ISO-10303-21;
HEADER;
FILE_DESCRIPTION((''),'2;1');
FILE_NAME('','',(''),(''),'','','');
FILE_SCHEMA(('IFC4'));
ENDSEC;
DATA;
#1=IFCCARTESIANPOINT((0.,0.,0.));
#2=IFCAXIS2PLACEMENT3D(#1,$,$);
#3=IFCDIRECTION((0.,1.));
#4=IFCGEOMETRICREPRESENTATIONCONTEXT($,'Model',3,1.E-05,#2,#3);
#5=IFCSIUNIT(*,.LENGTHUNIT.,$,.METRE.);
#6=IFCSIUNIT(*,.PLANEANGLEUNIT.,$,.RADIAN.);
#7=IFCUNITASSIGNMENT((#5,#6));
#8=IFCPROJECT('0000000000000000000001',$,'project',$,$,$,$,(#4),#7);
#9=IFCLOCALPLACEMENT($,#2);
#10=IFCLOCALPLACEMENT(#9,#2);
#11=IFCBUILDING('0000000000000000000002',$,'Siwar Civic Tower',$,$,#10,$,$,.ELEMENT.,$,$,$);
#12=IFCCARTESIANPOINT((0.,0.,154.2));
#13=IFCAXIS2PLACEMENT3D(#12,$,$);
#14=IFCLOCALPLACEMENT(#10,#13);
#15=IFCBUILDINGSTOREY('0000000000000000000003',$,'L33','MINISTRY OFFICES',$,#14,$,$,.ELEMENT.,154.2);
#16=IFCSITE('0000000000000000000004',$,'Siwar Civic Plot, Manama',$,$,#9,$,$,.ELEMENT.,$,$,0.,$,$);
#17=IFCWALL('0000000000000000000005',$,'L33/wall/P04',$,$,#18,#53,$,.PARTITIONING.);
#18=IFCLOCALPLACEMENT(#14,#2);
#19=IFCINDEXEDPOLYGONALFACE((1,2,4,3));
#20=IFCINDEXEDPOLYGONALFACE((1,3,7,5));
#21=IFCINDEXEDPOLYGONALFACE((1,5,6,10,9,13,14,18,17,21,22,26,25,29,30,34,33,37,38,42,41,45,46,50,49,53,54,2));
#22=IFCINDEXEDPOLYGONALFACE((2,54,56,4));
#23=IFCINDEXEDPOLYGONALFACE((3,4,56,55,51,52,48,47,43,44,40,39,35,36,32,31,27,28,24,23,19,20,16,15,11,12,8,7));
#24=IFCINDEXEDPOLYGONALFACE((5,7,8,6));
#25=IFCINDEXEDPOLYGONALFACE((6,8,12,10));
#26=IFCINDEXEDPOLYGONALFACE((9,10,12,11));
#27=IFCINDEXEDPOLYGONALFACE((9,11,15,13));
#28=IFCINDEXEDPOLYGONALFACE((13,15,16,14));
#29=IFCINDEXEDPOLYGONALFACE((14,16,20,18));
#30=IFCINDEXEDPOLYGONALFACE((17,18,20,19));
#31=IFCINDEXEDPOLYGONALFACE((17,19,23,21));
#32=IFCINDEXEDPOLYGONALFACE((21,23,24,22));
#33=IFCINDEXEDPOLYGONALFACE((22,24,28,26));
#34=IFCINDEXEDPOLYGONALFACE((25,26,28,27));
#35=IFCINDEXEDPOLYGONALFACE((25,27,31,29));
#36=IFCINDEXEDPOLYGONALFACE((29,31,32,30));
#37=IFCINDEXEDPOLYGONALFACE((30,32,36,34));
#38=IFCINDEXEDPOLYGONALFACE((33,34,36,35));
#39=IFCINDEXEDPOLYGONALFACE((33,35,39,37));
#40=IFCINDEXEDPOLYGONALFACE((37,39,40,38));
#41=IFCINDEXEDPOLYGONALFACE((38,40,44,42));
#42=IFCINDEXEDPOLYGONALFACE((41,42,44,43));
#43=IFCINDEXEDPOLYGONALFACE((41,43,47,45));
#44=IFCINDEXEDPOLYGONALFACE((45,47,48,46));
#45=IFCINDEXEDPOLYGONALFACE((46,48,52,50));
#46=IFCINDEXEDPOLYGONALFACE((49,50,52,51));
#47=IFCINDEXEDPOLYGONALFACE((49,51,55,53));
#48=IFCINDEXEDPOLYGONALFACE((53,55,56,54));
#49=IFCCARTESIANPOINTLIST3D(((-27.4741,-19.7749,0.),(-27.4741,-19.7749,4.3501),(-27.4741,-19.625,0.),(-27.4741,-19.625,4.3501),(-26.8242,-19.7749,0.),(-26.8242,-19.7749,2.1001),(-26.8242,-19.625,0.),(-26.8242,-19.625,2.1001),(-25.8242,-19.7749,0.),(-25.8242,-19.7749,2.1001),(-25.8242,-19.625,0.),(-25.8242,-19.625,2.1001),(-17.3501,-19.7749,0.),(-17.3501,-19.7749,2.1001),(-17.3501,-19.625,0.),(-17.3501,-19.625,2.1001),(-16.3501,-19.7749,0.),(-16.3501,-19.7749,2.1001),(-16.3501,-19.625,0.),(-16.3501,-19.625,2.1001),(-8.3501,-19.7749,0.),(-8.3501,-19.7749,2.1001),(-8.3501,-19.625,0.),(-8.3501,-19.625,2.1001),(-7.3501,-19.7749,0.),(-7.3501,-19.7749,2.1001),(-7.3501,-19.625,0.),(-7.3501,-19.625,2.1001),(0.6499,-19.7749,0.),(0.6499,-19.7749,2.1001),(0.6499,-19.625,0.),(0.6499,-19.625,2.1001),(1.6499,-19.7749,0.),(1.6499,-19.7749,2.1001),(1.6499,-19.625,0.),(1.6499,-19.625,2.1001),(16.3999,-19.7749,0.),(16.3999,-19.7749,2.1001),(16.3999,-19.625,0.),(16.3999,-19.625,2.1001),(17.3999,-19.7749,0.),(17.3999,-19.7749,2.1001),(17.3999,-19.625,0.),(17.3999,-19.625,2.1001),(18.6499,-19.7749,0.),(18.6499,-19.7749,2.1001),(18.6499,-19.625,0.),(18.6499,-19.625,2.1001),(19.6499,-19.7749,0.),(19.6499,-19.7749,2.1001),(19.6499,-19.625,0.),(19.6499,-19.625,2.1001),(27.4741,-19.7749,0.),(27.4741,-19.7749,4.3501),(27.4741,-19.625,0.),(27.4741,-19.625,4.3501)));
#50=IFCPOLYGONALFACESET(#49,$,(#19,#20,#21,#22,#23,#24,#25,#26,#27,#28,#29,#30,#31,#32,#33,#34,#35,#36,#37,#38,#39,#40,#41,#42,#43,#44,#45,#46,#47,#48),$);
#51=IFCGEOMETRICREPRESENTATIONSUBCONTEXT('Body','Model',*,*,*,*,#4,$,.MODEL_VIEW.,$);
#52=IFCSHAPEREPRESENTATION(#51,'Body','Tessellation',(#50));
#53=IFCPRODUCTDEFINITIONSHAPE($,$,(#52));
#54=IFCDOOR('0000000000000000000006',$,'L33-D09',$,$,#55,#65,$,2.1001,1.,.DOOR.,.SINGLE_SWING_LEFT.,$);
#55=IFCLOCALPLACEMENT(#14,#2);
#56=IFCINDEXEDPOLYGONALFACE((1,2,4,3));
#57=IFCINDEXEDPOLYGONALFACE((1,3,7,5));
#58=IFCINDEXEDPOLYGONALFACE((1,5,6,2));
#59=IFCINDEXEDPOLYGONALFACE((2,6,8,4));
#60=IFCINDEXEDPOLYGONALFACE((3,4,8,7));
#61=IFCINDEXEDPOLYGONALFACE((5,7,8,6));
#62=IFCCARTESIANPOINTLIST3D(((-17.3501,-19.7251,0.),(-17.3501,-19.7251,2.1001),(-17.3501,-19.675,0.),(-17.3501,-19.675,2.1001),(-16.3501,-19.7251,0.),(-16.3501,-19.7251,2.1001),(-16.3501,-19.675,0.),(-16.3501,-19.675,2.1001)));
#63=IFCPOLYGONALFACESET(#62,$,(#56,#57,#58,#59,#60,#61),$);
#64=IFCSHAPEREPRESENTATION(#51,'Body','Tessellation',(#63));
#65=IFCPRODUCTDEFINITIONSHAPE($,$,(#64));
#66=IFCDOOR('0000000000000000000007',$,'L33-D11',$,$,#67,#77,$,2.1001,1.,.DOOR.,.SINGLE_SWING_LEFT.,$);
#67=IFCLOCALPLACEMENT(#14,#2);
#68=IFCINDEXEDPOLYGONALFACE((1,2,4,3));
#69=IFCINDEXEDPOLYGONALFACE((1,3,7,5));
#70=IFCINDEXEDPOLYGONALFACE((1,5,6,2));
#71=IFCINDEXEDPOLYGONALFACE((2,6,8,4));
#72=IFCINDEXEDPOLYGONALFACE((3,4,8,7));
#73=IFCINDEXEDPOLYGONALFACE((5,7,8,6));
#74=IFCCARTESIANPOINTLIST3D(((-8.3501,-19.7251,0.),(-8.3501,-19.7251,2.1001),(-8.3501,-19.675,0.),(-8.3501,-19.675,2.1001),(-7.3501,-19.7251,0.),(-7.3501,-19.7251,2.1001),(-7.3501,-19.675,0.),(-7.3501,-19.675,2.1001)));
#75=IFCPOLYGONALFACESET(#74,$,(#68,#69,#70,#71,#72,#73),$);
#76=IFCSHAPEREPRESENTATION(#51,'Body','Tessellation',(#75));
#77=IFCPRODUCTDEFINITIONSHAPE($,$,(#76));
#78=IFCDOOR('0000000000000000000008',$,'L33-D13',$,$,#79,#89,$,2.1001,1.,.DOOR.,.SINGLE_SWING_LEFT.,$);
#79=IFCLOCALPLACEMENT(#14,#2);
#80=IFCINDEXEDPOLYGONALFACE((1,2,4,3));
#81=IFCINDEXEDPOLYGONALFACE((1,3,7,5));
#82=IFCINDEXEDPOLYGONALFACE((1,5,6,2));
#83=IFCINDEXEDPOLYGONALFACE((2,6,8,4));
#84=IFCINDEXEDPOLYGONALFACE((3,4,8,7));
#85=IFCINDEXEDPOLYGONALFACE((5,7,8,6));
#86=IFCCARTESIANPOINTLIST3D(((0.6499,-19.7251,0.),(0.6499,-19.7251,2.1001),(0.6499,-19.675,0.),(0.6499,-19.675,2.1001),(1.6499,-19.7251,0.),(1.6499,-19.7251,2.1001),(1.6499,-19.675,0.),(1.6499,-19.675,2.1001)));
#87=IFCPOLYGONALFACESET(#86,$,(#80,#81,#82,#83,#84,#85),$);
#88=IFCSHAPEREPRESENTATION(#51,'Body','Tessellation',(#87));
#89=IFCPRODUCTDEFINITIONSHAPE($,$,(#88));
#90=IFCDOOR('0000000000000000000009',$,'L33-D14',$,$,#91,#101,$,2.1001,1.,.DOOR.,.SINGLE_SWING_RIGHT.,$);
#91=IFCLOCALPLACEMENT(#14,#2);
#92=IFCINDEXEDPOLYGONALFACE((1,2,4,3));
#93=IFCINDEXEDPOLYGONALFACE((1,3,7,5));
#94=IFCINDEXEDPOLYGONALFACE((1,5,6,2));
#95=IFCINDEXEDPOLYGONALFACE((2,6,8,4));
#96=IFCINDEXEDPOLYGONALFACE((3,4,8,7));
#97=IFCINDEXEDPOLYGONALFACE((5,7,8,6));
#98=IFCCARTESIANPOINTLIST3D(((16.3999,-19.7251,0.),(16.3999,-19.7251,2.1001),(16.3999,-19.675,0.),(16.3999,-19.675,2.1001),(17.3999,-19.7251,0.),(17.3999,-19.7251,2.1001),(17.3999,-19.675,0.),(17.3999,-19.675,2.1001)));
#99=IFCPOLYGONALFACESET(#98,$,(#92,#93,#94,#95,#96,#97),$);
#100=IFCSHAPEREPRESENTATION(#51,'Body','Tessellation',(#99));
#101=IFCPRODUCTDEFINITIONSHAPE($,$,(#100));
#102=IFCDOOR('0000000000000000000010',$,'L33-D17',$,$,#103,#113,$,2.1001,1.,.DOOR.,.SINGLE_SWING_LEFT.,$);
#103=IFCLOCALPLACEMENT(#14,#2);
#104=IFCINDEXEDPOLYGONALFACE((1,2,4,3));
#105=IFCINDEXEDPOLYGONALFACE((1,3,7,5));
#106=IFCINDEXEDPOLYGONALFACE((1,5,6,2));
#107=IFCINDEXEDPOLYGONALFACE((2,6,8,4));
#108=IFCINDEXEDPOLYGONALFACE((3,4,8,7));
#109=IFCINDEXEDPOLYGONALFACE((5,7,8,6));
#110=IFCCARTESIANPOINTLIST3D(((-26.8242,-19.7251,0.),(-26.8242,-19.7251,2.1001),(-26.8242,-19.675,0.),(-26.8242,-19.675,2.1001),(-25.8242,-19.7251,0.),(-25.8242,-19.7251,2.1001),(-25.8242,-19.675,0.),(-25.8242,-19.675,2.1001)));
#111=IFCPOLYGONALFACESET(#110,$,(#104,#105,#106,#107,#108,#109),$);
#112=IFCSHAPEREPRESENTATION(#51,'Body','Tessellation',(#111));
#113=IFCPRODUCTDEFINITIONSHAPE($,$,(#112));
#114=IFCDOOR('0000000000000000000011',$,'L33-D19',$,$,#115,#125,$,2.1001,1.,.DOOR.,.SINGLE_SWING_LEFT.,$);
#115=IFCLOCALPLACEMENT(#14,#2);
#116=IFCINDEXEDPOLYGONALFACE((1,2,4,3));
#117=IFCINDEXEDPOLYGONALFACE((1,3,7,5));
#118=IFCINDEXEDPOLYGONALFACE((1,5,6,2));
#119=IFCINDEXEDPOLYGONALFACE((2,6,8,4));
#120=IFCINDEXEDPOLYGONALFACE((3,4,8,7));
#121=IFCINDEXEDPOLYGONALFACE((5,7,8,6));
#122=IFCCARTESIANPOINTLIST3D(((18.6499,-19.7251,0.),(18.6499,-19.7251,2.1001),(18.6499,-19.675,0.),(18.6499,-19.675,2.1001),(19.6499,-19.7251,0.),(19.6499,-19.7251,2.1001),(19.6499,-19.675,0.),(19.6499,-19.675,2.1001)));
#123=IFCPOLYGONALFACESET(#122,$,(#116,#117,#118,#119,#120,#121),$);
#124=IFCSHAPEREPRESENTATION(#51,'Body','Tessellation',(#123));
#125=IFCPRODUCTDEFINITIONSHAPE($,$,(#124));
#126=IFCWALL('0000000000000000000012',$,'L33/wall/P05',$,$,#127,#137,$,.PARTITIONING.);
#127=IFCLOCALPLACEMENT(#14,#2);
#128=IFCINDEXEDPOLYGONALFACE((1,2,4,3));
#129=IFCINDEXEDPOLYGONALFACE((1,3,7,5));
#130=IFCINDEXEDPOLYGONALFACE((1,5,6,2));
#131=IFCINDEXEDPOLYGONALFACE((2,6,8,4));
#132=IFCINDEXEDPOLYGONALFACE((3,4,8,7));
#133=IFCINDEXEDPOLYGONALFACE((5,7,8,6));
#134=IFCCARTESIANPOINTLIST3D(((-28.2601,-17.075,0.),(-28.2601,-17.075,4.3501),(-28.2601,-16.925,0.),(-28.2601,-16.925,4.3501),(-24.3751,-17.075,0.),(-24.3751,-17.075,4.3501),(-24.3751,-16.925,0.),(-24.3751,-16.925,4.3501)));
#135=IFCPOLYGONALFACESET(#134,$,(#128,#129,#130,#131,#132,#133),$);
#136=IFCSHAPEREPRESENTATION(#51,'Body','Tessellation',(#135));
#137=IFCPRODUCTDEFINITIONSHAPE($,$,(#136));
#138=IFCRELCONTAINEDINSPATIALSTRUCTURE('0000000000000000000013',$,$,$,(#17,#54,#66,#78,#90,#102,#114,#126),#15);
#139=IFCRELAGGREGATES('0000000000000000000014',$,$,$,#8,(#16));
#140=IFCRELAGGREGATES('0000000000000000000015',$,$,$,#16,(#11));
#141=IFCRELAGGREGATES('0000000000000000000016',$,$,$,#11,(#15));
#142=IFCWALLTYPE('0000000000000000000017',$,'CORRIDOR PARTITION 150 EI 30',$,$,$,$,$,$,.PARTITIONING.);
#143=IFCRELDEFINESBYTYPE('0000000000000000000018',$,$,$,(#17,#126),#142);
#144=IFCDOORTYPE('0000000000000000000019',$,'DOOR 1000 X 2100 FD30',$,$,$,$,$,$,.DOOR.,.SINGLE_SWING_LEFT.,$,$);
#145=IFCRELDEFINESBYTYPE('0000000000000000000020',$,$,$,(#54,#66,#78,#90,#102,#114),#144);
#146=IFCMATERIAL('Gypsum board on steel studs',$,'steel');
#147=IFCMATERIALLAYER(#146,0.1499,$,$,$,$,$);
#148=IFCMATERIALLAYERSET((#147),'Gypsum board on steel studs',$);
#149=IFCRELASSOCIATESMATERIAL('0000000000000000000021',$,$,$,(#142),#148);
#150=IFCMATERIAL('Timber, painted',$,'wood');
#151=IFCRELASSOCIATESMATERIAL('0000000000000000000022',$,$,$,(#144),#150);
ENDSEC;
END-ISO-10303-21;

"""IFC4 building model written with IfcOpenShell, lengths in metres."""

from ifc_helpers import new_model, si_unit, direction, frame, frame_2d, origin, place, context, subcontext, project, spatial, rectangle, extrude, material, layer, layer_set, type_object, element, fill, save


model = new_model("IFC4")

# Units and contexts
model_context = context("Model", 3, precision=1e-05, world=origin(), true_north=direction((0.0, 1.0)))
body_context = subcontext(model_context, "Body", "Model", "MODEL_VIEW")
ifc_project = project(units=[si_unit("LENGTHUNIT", "METRE"), si_unit("PLANEANGLEUNIT", "RADIAN")], contexts=[model_context])

# Site, building, storey
site_placement = place(None, origin())
site = spatial("IfcSite", under=ifc_project, at=site_placement, Name="Siwar Civic Plot, Manama", CompositionType="ELEMENT", RefElevation=0.0)
building_placement = place(site_placement, origin())
building = spatial("IfcBuilding", under=site, at=building_placement, Name="Siwar Civic Tower", CompositionType="ELEMENT")
storey_placement = place(building_placement, frame((0.0, 0.0, 154.2)))
storey = spatial("IfcBuildingStorey", under=building, at=storey_placement, Name="L33", Description="MINISTRY OFFICES", CompositionType="ELEMENT", Elevation=154.2)

# Wall, openings, doors
ifc_material_1 = material(Name="Gypsum board on steel studs", Category="steel")
ifc_layer_1 = layer(ifc_material_1, 0.1499)
ifc_layer_set_1 = layer_set([ifc_layer_1], Name="Gypsum board on steel studs")
wall_type = type_object("IfcWallType", Name="CORRIDOR PARTITION 150 EI 30", PredefinedType="PARTITIONING", material=ifc_layer_set_1)
wall_1_placement = place(storey_placement, frame((-27.4741, -19.7, 0.0), z_axis=(0.0, 0.0, 1.0), x_axis=(1.0, 0.0, 0.0)))
wall_1 = element("IfcWall", 1, at=wall_1_placement, inside=storey, type_object=wall_type, Name="L33/wall/P04", PredefinedType="PARTITIONING", context=body_context, shape_type="SweptSolid", body=[
    extrude(rectangle(XDim=54.9482, YDim=0.1499, at=frame_2d((27.4741, 0.0))), origin(), (0.0, 0.0, 1.0), 4.3501),
])
opening_1_placement = place(wall_1_placement, frame((10.124, 0.0, 0.0)))
opening_1 = element("IfcOpeningElement", 2, at=opening_1_placement, cuts=wall_1, PredefinedType="OPENING", context=body_context, shape_type="SweptSolid", body=[
    extrude(rectangle(XDim=1.0, YDim=2.1001, at=frame_2d((0.5, 1.05))), frame((0.0, 0.085, 0.0), z_axis=(0.0, -1.0, 0.0), x_axis=(1.0, 0.0, 0.0)), (0.0, 0.0, 1.0), 0.1699),
])
opening_2_placement = place(wall_1_placement, frame((19.124, 0.0, 0.0)))
opening_2 = element("IfcOpeningElement", 3, at=opening_2_placement, cuts=wall_1, PredefinedType="OPENING", context=body_context, shape_type="SweptSolid", body=[
    extrude(rectangle(XDim=1.0, YDim=2.1001, at=frame_2d((0.5, 1.05))), frame((0.0, 0.085, 0.0), z_axis=(0.0, -1.0, 0.0), x_axis=(1.0, 0.0, 0.0)), (0.0, 0.0, 1.0), 0.1699),
])
opening_3_placement = place(wall_1_placement, frame((28.124, 0.0, 0.0)))
opening_3 = element("IfcOpeningElement", 4, at=opening_3_placement, cuts=wall_1, PredefinedType="OPENING", context=body_context, shape_type="SweptSolid", body=[
    extrude(rectangle(XDim=1.0, YDim=2.1001, at=frame_2d((0.5, 1.05))), frame((0.0, 0.085, 0.0), z_axis=(0.0, -1.0, 0.0), x_axis=(1.0, 0.0, 0.0)), (0.0, 0.0, 1.0), 0.1699),
])
opening_4_placement = place(wall_1_placement, frame((43.874, 0.0, 0.0)))
opening_4 = element("IfcOpeningElement", 5, at=opening_4_placement, cuts=wall_1, PredefinedType="OPENING", context=body_context, shape_type="SweptSolid", body=[
    extrude(rectangle(XDim=1.0, YDim=2.1001, at=frame_2d((0.5, 1.05))), frame((0.0, 0.085, 0.0), z_axis=(0.0, -1.0, 0.0), x_axis=(1.0, 0.0, 0.0)), (0.0, 0.0, 1.0), 0.1699),
])
opening_5_placement = place(wall_1_placement, frame((0.6499, 0.0, 0.0)))
opening_5 = element("IfcOpeningElement", 6, at=opening_5_placement, cuts=wall_1, PredefinedType="OPENING", context=body_context, shape_type="SweptSolid", body=[
    extrude(rectangle(XDim=1.0, YDim=2.1001, at=frame_2d((0.5, 1.05))), frame((0.0, 0.085, 0.0), z_axis=(0.0, -1.0, 0.0), x_axis=(1.0, 0.0, 0.0)), (0.0, 0.0, 1.0), 0.1699),
])
opening_6_placement = place(wall_1_placement, frame((46.124, 0.0, 0.0)))
opening_6 = element("IfcOpeningElement", 7, at=opening_6_placement, cuts=wall_1, PredefinedType="OPENING", context=body_context, shape_type="SweptSolid", body=[
    extrude(rectangle(XDim=1.0, YDim=2.1001, at=frame_2d((0.5, 1.05))), frame((0.0, 0.085, 0.0), z_axis=(0.0, -1.0, 0.0), x_axis=(1.0, 0.0, 0.0)), (0.0, 0.0, 1.0), 0.1699),
])
ifc_material_2 = material(Name="Timber, painted", Category="wood")
door_type = type_object("IfcDoorType", Name="DOOR 1000 X 2100 FD30", OperationType="SINGLE_SWING_LEFT", PredefinedType="DOOR", material=ifc_material_2)
door_1_placement = place(opening_1_placement, origin())
door_1 = element("IfcDoor", 8, at=door_1_placement, inside=storey, type_object=door_type, Name="L33-D09", OperationType="SINGLE_SWING_LEFT", OverallHeight=2.1001, OverallWidth=1.0, PredefinedType="DOOR", context=body_context, shape_type="SweptSolid", body=[
    extrude(rectangle(XDim=1.0, YDim=2.1001, at=frame_2d((0.5, 1.05))), frame((0.0, 0.0249, 0.0), z_axis=(0.0, -1.0, 0.0), x_axis=(1.0, 0.0, 0.0)), (0.0, 0.0, 1.0), 0.05),
])
fill(opening_1, door_1)
door_2_placement = place(opening_2_placement, origin())
door_2 = element("IfcDoor", 9, at=door_2_placement, inside=storey, type_object=door_type, Name="L33-D11", OperationType="SINGLE_SWING_LEFT", OverallHeight=2.1001, OverallWidth=1.0, PredefinedType="DOOR", context=body_context, shape_type="SweptSolid", body=[
    extrude(rectangle(XDim=1.0, YDim=2.1001, at=frame_2d((0.5, 1.05))), frame((0.0, 0.0249, 0.0), z_axis=(0.0, -1.0, 0.0), x_axis=(1.0, 0.0, 0.0)), (0.0, 0.0, 1.0), 0.05),
])
fill(opening_2, door_2)
door_3_placement = place(opening_3_placement, origin())
door_3 = element("IfcDoor", 10, at=door_3_placement, inside=storey, type_object=door_type, Name="L33-D13", OperationType="SINGLE_SWING_LEFT", OverallHeight=2.1001, OverallWidth=1.0, PredefinedType="DOOR", context=body_context, shape_type="SweptSolid", body=[
    extrude(rectangle(XDim=1.0, YDim=2.1001, at=frame_2d((0.5, 1.05))), frame((0.0, 0.0249, 0.0), z_axis=(0.0, -1.0, 0.0), x_axis=(1.0, 0.0, 0.0)), (0.0, 0.0, 1.0), 0.05),
])
fill(opening_3, door_3)
door_4_placement = place(opening_4_placement, origin())
door_4 = element("IfcDoor", 11, at=door_4_placement, inside=storey, type_object=door_type, Name="L33-D14", OperationType="SINGLE_SWING_RIGHT", OverallHeight=2.1001, OverallWidth=1.0, PredefinedType="DOOR", context=body_context, shape_type="SweptSolid", body=[
    extrude(rectangle(XDim=1.0, YDim=2.1001, at=frame_2d((0.5, 1.05))), frame((0.0, 0.0249, 0.0), z_axis=(0.0, -1.0, 0.0), x_axis=(1.0, 0.0, 0.0)), (0.0, 0.0, 1.0), 0.05),
])
fill(opening_4, door_4)
door_5_placement = place(opening_5_placement, origin())
door_5 = element("IfcDoor", 12, at=door_5_placement, inside=storey, type_object=door_type, Name="L33-D17", OperationType="SINGLE_SWING_LEFT", OverallHeight=2.1001, OverallWidth=1.0, PredefinedType="DOOR", context=body_context, shape_type="SweptSolid", body=[
    extrude(rectangle(XDim=1.0, YDim=2.1001, at=frame_2d((0.5, 1.05))), frame((0.0, 0.0249, 0.0), z_axis=(0.0, -1.0, 0.0), x_axis=(1.0, 0.0, 0.0)), (0.0, 0.0, 1.0), 0.05),
])
fill(opening_5, door_5)
door_6_placement = place(opening_6_placement, origin())
door_6 = element("IfcDoor", 13, at=door_6_placement, inside=storey, type_object=door_type, Name="L33-D19", OperationType="SINGLE_SWING_LEFT", OverallHeight=2.1001, OverallWidth=1.0, PredefinedType="DOOR", context=body_context, shape_type="SweptSolid", body=[
    extrude(rectangle(XDim=1.0, YDim=2.1001, at=frame_2d((0.5, 1.05))), frame((0.0, 0.0249, 0.0), z_axis=(0.0, -1.0, 0.0), x_axis=(1.0, 0.0, 0.0)), (0.0, 0.0, 1.0), 0.05),
])
fill(opening_6, door_6)

# Wall
wall_2_placement = place(storey_placement, frame((-28.26, -17.0, 0.0), z_axis=(0.0, 0.0, 1.0), x_axis=(1.0, 0.0, 0.0)))
element("IfcWall", 14, at=wall_2_placement, inside=storey, type_object=wall_type, Name="L33/wall/P05", PredefinedType="PARTITIONING", context=body_context, shape_type="SweptSolid", body=[
    extrude(rectangle(XDim=3.885, YDim=0.1499, at=frame_2d((1.9424, 0.0))), origin(), (0.0, 0.0, 1.0), 4.3501),
])

save(model, "model.ifc")
